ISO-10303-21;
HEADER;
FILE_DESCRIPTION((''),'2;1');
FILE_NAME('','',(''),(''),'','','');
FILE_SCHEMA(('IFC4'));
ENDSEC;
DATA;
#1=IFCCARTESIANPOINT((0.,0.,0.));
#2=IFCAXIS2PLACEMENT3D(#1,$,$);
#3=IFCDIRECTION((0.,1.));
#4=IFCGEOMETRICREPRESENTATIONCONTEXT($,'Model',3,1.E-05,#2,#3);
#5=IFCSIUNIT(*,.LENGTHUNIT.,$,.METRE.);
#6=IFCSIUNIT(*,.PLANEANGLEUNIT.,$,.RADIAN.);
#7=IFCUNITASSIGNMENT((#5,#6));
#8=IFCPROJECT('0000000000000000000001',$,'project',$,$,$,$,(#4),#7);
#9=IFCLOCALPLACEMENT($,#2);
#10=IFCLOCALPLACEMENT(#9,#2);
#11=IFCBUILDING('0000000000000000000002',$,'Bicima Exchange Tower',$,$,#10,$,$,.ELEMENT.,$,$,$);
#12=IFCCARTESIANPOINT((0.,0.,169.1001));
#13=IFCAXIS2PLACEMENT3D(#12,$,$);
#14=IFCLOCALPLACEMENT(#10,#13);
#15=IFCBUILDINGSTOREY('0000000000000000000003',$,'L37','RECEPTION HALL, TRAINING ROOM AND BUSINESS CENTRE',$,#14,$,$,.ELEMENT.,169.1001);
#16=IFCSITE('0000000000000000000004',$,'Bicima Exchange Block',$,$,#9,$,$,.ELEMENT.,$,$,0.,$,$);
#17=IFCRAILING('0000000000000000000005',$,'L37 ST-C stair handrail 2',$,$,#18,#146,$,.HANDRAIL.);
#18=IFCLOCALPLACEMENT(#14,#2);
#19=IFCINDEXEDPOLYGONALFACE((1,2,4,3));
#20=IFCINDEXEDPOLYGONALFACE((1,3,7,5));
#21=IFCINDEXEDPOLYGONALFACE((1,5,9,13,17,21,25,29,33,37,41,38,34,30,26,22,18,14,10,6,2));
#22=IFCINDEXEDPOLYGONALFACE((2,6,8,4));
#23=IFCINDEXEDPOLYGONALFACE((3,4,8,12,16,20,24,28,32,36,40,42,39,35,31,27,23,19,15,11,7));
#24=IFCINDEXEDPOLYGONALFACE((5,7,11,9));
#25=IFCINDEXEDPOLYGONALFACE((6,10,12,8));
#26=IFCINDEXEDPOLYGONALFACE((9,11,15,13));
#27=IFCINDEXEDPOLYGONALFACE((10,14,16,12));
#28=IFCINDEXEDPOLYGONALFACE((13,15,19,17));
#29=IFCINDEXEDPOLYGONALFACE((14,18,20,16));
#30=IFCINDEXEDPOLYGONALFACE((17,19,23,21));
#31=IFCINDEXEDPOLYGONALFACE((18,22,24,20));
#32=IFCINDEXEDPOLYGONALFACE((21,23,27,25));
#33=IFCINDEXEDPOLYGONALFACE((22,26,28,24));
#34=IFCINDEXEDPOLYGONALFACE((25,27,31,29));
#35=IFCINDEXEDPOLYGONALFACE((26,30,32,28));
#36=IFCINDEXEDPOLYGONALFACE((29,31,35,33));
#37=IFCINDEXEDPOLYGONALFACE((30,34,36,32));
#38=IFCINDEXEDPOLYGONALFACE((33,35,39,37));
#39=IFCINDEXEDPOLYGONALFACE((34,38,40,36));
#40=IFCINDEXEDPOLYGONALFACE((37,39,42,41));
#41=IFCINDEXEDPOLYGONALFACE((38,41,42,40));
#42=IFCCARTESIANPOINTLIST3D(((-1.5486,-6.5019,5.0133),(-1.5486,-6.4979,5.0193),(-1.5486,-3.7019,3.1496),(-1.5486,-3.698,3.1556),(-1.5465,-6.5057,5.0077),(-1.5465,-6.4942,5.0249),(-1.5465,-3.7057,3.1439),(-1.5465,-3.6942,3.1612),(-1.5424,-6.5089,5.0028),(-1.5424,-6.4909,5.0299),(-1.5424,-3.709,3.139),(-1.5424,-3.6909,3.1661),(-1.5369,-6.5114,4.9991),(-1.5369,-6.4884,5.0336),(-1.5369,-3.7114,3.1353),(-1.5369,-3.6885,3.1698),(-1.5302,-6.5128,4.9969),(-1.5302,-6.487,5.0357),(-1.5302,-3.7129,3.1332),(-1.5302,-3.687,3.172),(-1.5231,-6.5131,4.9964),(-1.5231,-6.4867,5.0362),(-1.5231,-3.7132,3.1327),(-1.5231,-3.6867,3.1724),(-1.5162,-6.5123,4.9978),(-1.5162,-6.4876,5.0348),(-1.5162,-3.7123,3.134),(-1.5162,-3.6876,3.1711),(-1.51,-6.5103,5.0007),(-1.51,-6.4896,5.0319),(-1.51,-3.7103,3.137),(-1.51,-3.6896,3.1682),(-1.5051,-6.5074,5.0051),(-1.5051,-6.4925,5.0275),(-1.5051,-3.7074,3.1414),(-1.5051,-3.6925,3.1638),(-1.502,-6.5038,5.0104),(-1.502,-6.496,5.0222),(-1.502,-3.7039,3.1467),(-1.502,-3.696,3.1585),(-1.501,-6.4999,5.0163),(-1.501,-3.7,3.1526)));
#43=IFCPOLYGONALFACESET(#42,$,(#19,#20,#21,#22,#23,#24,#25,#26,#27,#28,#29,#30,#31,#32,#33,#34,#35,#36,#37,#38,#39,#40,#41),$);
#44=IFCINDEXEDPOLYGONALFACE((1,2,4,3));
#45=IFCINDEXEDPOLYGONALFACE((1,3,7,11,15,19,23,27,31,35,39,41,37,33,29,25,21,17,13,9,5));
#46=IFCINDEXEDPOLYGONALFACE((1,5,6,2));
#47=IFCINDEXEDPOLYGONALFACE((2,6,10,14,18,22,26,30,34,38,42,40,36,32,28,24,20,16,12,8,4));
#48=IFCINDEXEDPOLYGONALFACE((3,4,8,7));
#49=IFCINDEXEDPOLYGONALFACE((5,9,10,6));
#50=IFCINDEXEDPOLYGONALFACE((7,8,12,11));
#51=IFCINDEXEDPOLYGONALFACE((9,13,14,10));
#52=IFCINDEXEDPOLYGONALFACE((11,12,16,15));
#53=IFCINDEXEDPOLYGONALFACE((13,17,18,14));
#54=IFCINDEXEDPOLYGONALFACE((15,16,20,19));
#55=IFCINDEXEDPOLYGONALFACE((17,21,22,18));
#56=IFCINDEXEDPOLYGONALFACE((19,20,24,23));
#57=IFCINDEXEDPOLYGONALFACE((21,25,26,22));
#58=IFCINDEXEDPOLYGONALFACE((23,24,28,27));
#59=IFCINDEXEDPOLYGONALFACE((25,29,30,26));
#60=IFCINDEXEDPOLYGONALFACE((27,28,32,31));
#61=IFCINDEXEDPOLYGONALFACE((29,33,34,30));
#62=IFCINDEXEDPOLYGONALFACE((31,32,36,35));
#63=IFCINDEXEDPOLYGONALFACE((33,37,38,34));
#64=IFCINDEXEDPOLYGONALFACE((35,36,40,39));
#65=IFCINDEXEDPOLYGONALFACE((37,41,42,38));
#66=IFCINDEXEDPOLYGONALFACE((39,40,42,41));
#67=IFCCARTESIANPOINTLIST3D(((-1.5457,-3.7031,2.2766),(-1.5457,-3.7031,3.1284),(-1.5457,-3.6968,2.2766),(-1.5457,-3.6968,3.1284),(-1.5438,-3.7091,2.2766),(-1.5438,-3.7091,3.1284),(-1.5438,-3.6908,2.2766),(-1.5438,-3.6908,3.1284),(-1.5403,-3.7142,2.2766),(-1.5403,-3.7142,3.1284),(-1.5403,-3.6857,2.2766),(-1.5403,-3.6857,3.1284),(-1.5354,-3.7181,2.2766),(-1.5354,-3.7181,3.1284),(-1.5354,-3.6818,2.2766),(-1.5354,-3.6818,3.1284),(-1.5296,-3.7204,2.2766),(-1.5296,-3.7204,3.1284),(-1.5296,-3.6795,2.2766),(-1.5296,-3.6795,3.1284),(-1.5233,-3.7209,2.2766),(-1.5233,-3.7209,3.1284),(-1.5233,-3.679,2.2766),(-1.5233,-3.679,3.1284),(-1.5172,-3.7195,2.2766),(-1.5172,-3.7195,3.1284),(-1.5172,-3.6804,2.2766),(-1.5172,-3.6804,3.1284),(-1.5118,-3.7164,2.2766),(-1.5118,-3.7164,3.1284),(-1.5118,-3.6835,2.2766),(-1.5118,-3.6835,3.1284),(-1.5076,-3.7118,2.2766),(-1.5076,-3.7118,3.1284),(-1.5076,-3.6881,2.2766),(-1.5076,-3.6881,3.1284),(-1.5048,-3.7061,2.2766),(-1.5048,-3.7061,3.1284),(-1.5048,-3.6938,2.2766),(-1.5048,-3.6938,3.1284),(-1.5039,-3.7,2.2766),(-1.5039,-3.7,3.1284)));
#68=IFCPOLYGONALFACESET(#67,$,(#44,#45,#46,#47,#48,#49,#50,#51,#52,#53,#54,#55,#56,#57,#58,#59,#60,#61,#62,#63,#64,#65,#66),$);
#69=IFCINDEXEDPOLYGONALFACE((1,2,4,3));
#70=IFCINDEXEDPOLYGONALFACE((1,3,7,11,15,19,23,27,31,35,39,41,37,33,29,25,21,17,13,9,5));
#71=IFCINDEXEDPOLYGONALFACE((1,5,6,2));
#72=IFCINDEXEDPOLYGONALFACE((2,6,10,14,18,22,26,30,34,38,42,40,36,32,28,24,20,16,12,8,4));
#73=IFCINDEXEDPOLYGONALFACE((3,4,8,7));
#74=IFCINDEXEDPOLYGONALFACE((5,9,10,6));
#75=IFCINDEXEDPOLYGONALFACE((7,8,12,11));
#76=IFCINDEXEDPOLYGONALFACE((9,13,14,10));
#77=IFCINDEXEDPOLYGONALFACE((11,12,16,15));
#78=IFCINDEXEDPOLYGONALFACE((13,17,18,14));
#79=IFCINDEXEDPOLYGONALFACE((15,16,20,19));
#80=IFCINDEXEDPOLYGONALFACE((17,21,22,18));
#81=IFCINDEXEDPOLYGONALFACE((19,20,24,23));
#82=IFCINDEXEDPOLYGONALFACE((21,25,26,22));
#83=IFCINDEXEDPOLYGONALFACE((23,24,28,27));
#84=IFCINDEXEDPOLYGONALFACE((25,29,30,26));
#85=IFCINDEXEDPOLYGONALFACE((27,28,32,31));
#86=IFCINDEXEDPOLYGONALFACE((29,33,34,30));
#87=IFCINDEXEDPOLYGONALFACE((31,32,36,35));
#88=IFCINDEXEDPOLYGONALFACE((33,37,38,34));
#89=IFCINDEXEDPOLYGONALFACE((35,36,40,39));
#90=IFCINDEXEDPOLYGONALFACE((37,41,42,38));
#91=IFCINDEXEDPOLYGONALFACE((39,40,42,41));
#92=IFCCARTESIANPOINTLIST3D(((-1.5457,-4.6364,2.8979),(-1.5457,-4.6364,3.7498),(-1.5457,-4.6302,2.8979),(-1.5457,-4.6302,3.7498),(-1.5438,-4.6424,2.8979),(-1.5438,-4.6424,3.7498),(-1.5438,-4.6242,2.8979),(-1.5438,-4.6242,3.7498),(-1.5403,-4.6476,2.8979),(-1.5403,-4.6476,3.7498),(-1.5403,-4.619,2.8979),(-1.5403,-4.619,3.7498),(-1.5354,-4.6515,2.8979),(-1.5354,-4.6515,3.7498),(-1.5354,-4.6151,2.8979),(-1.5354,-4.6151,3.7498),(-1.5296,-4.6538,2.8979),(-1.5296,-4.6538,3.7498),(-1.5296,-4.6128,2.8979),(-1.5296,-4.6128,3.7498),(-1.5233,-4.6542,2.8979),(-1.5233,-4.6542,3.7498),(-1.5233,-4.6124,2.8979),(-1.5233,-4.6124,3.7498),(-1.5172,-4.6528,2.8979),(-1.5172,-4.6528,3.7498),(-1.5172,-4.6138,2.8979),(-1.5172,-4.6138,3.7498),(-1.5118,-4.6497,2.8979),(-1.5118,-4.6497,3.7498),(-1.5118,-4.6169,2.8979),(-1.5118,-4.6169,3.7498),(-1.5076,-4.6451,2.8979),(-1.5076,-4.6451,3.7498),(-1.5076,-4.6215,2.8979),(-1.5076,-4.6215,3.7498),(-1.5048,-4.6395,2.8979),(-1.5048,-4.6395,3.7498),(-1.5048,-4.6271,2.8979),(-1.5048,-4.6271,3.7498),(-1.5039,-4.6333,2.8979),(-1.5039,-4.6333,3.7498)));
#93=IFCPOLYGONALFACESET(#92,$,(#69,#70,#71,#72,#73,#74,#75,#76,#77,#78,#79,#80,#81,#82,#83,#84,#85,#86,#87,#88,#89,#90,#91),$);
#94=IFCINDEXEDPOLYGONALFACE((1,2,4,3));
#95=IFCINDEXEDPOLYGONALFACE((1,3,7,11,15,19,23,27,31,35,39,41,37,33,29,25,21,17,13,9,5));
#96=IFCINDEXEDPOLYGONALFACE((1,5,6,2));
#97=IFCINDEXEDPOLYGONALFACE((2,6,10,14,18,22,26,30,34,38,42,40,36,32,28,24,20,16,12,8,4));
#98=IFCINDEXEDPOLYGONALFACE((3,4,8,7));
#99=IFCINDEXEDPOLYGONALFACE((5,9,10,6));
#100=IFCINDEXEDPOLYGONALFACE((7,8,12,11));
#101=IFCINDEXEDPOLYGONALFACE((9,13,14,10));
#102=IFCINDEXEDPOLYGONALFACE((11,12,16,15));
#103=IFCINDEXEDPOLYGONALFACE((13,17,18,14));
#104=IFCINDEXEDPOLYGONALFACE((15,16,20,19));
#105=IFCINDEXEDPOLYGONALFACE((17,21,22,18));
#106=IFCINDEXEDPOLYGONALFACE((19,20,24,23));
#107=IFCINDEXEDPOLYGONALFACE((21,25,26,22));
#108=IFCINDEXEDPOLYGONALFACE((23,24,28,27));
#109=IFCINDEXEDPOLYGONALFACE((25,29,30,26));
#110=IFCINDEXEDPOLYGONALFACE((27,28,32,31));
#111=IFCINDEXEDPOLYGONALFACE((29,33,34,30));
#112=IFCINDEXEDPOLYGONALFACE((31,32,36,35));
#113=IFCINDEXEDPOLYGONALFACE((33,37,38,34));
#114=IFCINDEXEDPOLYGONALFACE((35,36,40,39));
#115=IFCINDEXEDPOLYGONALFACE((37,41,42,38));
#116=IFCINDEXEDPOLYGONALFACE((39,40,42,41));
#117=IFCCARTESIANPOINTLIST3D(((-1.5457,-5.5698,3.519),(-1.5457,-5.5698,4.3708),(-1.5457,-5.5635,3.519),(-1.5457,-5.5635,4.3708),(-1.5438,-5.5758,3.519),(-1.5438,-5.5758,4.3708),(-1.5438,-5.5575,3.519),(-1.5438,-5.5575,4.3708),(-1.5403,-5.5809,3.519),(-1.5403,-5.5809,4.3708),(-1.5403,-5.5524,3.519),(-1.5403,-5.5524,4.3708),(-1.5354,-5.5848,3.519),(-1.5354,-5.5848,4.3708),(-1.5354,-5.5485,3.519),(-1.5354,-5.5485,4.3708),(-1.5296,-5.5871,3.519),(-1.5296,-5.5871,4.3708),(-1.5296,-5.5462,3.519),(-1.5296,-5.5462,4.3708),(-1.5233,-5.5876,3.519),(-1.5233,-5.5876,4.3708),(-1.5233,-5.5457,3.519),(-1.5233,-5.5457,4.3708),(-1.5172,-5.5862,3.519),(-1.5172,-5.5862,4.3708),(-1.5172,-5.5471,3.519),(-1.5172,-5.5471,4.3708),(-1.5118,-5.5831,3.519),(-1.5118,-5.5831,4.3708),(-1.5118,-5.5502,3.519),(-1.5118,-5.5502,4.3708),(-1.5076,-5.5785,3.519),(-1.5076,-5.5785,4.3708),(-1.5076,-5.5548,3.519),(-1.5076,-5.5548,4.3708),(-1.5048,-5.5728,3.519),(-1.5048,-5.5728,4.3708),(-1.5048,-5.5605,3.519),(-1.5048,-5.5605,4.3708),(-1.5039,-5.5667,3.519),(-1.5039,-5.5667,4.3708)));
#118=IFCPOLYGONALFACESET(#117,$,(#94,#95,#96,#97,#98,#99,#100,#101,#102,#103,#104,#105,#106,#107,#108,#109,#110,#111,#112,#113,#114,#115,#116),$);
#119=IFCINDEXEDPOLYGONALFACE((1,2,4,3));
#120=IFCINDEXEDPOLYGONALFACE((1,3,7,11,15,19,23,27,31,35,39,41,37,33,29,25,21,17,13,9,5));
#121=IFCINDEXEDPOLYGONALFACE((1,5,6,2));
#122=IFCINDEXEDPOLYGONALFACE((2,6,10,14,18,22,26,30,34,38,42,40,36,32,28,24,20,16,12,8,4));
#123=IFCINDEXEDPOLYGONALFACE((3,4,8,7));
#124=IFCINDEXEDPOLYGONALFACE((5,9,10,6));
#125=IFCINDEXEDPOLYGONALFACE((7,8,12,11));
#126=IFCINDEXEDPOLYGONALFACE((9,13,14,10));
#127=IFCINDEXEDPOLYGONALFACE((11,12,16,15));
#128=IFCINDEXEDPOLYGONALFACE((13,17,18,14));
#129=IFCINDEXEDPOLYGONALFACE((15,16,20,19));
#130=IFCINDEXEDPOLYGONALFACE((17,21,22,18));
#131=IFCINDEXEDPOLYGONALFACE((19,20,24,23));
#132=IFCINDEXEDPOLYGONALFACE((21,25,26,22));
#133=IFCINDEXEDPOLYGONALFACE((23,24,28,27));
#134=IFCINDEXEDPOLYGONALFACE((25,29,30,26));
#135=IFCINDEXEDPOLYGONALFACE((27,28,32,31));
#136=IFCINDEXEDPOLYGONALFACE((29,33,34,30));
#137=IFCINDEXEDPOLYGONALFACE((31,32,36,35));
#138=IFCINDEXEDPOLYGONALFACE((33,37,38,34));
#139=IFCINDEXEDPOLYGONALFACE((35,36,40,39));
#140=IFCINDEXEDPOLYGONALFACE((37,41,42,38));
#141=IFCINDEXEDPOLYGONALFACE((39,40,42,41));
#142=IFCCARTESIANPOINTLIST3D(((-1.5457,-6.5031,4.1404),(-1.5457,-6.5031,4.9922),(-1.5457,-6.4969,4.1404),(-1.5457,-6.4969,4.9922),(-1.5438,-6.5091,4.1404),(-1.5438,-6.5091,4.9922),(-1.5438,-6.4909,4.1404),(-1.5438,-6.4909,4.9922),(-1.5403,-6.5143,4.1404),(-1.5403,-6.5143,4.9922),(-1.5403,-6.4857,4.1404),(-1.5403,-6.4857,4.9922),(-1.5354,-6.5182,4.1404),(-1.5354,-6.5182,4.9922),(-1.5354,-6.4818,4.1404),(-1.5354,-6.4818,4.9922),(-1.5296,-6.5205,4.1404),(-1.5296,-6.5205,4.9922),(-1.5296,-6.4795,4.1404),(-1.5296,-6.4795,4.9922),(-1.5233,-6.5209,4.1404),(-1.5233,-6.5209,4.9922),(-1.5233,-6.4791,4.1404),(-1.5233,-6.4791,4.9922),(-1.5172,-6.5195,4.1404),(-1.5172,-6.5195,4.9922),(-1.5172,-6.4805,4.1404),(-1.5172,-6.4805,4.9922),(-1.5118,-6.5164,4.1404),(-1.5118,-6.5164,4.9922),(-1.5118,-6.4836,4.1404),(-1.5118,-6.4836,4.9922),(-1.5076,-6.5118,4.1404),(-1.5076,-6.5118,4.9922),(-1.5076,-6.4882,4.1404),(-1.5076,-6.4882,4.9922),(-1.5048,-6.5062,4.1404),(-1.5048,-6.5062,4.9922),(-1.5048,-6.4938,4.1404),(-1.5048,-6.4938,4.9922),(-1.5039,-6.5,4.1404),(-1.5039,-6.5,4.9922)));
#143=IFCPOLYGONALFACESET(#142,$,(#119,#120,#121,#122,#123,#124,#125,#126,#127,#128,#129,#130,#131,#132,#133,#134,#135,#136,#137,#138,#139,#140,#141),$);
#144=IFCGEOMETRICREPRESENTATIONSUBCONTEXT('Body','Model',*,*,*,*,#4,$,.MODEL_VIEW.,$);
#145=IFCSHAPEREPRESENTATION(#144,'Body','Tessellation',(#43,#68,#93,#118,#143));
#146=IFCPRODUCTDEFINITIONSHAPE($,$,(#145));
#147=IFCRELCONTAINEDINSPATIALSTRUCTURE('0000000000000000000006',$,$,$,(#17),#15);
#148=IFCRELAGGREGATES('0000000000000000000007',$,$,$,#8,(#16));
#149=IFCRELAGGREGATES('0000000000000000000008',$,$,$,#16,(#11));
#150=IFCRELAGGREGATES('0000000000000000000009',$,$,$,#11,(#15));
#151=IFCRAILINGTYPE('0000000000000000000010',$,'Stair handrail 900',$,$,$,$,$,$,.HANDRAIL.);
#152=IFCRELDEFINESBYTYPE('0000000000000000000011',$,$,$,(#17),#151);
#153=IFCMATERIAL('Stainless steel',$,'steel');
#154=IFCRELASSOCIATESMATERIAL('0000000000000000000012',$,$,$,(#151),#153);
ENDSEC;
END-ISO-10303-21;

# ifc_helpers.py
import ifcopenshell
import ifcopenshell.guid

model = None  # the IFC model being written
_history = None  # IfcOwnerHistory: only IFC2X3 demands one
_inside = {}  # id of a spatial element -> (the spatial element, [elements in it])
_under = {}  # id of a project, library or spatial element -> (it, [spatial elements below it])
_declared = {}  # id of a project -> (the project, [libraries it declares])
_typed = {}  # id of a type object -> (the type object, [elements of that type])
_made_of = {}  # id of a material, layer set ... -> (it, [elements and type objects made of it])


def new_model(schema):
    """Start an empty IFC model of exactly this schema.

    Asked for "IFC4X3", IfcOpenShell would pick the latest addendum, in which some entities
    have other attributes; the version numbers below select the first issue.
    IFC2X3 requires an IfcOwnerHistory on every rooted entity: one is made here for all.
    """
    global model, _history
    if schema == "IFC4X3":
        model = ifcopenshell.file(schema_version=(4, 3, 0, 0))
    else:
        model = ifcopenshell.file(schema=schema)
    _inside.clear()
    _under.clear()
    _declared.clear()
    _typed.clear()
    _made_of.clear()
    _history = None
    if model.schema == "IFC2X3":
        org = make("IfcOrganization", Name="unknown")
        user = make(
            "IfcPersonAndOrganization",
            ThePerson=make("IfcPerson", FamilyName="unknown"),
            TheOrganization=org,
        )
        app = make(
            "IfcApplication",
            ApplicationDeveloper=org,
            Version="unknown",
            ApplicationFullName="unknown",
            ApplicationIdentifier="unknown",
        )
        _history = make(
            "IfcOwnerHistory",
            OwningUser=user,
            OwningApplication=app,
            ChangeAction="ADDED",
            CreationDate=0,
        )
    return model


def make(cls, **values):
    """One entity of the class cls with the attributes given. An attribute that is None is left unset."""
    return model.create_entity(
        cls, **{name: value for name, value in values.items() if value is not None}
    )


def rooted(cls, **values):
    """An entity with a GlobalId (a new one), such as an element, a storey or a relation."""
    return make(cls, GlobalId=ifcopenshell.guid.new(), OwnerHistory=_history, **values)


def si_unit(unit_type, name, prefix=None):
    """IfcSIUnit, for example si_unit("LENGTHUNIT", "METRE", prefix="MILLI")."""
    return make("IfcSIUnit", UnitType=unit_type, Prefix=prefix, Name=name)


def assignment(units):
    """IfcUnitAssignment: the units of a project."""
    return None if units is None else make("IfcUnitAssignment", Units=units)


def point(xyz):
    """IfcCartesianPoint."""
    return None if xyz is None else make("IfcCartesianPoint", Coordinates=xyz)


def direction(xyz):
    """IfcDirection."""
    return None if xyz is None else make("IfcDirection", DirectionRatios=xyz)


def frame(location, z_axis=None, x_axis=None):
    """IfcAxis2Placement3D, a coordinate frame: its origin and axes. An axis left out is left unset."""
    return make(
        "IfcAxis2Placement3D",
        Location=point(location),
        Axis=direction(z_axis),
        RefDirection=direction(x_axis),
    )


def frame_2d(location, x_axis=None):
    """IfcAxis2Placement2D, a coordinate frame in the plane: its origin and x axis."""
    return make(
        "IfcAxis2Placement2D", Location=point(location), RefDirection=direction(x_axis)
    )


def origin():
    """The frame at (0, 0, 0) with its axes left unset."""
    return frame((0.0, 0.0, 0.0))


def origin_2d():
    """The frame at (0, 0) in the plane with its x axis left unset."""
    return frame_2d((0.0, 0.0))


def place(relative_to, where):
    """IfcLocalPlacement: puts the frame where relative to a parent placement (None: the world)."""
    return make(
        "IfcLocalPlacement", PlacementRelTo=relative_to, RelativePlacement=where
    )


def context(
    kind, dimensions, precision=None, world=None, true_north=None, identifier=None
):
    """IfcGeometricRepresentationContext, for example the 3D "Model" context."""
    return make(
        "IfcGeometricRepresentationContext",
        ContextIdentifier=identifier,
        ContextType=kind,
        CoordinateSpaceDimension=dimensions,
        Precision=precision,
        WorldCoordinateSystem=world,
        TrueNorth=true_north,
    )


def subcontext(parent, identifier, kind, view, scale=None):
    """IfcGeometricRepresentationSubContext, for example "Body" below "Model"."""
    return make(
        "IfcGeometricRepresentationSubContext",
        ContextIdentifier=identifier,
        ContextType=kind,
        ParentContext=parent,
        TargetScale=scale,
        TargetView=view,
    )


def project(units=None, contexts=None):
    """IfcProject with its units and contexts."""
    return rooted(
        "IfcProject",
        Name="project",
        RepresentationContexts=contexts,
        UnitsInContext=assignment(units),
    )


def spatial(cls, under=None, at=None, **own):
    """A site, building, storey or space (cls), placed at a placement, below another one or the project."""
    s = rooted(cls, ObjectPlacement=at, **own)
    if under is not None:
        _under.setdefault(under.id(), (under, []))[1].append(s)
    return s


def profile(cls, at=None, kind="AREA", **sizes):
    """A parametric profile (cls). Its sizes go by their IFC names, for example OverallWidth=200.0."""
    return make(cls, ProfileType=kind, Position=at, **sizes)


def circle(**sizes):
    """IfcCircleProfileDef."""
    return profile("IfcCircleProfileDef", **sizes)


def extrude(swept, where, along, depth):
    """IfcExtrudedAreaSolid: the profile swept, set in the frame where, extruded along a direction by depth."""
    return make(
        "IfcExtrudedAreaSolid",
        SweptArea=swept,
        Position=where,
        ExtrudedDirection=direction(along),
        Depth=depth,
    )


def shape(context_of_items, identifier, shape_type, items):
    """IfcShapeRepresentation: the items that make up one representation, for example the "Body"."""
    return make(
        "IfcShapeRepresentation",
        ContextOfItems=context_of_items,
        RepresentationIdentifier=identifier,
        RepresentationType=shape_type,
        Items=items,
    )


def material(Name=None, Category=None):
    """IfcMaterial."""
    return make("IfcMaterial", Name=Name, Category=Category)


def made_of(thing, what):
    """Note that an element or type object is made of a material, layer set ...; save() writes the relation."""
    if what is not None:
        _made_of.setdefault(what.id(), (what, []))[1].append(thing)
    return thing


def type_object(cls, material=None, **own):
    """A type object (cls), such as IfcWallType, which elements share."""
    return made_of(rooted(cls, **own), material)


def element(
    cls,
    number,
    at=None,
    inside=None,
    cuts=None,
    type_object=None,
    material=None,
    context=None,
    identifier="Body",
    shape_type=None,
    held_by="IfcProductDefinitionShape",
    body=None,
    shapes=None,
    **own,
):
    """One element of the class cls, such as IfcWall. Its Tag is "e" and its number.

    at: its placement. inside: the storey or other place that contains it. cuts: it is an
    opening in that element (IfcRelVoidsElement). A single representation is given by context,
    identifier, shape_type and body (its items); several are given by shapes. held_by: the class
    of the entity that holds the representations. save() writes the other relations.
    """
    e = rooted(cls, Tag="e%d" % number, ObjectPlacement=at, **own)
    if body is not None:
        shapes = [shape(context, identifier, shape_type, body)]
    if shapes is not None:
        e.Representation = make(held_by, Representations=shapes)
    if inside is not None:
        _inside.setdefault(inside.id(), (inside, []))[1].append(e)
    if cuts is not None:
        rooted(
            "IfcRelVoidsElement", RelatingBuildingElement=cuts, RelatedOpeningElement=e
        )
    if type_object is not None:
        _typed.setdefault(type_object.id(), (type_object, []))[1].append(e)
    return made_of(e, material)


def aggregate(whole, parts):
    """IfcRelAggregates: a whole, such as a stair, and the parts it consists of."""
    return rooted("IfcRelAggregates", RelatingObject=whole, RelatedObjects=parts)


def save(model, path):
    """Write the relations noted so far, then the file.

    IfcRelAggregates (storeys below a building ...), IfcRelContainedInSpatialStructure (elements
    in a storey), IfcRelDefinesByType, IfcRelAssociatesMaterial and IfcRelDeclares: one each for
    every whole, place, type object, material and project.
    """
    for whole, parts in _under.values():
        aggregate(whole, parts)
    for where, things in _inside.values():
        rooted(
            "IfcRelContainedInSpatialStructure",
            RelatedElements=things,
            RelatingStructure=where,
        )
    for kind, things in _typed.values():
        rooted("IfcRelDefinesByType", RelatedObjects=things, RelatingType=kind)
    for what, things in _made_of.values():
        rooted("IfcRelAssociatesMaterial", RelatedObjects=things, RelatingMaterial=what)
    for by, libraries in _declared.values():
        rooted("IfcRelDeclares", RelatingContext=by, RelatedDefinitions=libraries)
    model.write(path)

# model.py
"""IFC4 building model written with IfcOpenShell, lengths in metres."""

from ifc_helpers import new_model, si_unit, direction, frame, origin, origin_2d, place, context, subcontext, project, spatial, circle, extrude, material, type_object, element, save


model = new_model("IFC4")

# Units and contexts
model_context = context("Model", 3, precision=1e-05, world=origin(), true_north=direction((0.0, 1.0)))
body_context = subcontext(model_context, "Body", "Model", "MODEL_VIEW")
ifc_project = project(units=[si_unit("LENGTHUNIT", "METRE"), si_unit("PLANEANGLEUNIT", "RADIAN")], contexts=[model_context])

# Site, building, storey
site_placement = place(None, origin())
site = spatial("IfcSite", under=ifc_project, at=site_placement, Name="Bicima Exchange Block", CompositionType="ELEMENT", RefElevation=0.0)
building_placement = place(site_placement, origin())
building = spatial("IfcBuilding", under=site, at=building_placement, Name="Bicima Exchange Tower", CompositionType="ELEMENT")
storey_placement = place(building_placement, frame((0.0, 0.0, 169.1001)))
storey = spatial("IfcBuildingStorey", under=building, at=storey_placement, Name="L37", Description="RECEPTION HALL, TRAINING ROOM AND BUSINESS CENTRE", CompositionType="ELEMENT", Elevation=169.1001)

# Railing
ifc_material_1 = material(Name="Stainless steel", Category="steel")
railing_type = type_object("IfcRailingType", Name="Stair handrail 900", PredefinedType="HANDRAIL", material=ifc_material_1)
railing_placement = place(storey_placement, frame((-1.5249, -3.7, 2.2766)))
element("IfcRailing", 1, at=railing_placement, inside=storey, type_object=railing_type, Name="L37 ST-C stair handrail 2", PredefinedType="HANDRAIL", context=body_context, shape_type="SweptSolid", body=[
    extrude(circle(Radius=0.0239, at=origin_2d()), frame((0.0, 0.0, 0.876), z_axis=(0.0, -0.832452, 0.554097), x_axis=(1.0, 0.0, 0.0)), (0.0, 0.0, 1.0), 3.3635),
    extrude(circle(Radius=0.021, at=origin_2d()), origin(), (0.0, 0.0, 1.0), 0.8518),
    extrude(circle(Radius=0.021, at=origin_2d()), frame((0.0, -0.9333, 0.6213)), (0.0, 0.0, 1.0), 0.8518),
    extrude(circle(Radius=0.021, at=origin_2d()), frame((0.0, -1.8667, 1.2424)), (0.0, 0.0, 1.0), 0.8518),
    extrude(circle(Radius=0.021, at=origin_2d()), frame((0.0, -2.8, 1.8638)), (0.0, 0.0, 1.0), 0.8518),
])

save(model, "model.ifc")
